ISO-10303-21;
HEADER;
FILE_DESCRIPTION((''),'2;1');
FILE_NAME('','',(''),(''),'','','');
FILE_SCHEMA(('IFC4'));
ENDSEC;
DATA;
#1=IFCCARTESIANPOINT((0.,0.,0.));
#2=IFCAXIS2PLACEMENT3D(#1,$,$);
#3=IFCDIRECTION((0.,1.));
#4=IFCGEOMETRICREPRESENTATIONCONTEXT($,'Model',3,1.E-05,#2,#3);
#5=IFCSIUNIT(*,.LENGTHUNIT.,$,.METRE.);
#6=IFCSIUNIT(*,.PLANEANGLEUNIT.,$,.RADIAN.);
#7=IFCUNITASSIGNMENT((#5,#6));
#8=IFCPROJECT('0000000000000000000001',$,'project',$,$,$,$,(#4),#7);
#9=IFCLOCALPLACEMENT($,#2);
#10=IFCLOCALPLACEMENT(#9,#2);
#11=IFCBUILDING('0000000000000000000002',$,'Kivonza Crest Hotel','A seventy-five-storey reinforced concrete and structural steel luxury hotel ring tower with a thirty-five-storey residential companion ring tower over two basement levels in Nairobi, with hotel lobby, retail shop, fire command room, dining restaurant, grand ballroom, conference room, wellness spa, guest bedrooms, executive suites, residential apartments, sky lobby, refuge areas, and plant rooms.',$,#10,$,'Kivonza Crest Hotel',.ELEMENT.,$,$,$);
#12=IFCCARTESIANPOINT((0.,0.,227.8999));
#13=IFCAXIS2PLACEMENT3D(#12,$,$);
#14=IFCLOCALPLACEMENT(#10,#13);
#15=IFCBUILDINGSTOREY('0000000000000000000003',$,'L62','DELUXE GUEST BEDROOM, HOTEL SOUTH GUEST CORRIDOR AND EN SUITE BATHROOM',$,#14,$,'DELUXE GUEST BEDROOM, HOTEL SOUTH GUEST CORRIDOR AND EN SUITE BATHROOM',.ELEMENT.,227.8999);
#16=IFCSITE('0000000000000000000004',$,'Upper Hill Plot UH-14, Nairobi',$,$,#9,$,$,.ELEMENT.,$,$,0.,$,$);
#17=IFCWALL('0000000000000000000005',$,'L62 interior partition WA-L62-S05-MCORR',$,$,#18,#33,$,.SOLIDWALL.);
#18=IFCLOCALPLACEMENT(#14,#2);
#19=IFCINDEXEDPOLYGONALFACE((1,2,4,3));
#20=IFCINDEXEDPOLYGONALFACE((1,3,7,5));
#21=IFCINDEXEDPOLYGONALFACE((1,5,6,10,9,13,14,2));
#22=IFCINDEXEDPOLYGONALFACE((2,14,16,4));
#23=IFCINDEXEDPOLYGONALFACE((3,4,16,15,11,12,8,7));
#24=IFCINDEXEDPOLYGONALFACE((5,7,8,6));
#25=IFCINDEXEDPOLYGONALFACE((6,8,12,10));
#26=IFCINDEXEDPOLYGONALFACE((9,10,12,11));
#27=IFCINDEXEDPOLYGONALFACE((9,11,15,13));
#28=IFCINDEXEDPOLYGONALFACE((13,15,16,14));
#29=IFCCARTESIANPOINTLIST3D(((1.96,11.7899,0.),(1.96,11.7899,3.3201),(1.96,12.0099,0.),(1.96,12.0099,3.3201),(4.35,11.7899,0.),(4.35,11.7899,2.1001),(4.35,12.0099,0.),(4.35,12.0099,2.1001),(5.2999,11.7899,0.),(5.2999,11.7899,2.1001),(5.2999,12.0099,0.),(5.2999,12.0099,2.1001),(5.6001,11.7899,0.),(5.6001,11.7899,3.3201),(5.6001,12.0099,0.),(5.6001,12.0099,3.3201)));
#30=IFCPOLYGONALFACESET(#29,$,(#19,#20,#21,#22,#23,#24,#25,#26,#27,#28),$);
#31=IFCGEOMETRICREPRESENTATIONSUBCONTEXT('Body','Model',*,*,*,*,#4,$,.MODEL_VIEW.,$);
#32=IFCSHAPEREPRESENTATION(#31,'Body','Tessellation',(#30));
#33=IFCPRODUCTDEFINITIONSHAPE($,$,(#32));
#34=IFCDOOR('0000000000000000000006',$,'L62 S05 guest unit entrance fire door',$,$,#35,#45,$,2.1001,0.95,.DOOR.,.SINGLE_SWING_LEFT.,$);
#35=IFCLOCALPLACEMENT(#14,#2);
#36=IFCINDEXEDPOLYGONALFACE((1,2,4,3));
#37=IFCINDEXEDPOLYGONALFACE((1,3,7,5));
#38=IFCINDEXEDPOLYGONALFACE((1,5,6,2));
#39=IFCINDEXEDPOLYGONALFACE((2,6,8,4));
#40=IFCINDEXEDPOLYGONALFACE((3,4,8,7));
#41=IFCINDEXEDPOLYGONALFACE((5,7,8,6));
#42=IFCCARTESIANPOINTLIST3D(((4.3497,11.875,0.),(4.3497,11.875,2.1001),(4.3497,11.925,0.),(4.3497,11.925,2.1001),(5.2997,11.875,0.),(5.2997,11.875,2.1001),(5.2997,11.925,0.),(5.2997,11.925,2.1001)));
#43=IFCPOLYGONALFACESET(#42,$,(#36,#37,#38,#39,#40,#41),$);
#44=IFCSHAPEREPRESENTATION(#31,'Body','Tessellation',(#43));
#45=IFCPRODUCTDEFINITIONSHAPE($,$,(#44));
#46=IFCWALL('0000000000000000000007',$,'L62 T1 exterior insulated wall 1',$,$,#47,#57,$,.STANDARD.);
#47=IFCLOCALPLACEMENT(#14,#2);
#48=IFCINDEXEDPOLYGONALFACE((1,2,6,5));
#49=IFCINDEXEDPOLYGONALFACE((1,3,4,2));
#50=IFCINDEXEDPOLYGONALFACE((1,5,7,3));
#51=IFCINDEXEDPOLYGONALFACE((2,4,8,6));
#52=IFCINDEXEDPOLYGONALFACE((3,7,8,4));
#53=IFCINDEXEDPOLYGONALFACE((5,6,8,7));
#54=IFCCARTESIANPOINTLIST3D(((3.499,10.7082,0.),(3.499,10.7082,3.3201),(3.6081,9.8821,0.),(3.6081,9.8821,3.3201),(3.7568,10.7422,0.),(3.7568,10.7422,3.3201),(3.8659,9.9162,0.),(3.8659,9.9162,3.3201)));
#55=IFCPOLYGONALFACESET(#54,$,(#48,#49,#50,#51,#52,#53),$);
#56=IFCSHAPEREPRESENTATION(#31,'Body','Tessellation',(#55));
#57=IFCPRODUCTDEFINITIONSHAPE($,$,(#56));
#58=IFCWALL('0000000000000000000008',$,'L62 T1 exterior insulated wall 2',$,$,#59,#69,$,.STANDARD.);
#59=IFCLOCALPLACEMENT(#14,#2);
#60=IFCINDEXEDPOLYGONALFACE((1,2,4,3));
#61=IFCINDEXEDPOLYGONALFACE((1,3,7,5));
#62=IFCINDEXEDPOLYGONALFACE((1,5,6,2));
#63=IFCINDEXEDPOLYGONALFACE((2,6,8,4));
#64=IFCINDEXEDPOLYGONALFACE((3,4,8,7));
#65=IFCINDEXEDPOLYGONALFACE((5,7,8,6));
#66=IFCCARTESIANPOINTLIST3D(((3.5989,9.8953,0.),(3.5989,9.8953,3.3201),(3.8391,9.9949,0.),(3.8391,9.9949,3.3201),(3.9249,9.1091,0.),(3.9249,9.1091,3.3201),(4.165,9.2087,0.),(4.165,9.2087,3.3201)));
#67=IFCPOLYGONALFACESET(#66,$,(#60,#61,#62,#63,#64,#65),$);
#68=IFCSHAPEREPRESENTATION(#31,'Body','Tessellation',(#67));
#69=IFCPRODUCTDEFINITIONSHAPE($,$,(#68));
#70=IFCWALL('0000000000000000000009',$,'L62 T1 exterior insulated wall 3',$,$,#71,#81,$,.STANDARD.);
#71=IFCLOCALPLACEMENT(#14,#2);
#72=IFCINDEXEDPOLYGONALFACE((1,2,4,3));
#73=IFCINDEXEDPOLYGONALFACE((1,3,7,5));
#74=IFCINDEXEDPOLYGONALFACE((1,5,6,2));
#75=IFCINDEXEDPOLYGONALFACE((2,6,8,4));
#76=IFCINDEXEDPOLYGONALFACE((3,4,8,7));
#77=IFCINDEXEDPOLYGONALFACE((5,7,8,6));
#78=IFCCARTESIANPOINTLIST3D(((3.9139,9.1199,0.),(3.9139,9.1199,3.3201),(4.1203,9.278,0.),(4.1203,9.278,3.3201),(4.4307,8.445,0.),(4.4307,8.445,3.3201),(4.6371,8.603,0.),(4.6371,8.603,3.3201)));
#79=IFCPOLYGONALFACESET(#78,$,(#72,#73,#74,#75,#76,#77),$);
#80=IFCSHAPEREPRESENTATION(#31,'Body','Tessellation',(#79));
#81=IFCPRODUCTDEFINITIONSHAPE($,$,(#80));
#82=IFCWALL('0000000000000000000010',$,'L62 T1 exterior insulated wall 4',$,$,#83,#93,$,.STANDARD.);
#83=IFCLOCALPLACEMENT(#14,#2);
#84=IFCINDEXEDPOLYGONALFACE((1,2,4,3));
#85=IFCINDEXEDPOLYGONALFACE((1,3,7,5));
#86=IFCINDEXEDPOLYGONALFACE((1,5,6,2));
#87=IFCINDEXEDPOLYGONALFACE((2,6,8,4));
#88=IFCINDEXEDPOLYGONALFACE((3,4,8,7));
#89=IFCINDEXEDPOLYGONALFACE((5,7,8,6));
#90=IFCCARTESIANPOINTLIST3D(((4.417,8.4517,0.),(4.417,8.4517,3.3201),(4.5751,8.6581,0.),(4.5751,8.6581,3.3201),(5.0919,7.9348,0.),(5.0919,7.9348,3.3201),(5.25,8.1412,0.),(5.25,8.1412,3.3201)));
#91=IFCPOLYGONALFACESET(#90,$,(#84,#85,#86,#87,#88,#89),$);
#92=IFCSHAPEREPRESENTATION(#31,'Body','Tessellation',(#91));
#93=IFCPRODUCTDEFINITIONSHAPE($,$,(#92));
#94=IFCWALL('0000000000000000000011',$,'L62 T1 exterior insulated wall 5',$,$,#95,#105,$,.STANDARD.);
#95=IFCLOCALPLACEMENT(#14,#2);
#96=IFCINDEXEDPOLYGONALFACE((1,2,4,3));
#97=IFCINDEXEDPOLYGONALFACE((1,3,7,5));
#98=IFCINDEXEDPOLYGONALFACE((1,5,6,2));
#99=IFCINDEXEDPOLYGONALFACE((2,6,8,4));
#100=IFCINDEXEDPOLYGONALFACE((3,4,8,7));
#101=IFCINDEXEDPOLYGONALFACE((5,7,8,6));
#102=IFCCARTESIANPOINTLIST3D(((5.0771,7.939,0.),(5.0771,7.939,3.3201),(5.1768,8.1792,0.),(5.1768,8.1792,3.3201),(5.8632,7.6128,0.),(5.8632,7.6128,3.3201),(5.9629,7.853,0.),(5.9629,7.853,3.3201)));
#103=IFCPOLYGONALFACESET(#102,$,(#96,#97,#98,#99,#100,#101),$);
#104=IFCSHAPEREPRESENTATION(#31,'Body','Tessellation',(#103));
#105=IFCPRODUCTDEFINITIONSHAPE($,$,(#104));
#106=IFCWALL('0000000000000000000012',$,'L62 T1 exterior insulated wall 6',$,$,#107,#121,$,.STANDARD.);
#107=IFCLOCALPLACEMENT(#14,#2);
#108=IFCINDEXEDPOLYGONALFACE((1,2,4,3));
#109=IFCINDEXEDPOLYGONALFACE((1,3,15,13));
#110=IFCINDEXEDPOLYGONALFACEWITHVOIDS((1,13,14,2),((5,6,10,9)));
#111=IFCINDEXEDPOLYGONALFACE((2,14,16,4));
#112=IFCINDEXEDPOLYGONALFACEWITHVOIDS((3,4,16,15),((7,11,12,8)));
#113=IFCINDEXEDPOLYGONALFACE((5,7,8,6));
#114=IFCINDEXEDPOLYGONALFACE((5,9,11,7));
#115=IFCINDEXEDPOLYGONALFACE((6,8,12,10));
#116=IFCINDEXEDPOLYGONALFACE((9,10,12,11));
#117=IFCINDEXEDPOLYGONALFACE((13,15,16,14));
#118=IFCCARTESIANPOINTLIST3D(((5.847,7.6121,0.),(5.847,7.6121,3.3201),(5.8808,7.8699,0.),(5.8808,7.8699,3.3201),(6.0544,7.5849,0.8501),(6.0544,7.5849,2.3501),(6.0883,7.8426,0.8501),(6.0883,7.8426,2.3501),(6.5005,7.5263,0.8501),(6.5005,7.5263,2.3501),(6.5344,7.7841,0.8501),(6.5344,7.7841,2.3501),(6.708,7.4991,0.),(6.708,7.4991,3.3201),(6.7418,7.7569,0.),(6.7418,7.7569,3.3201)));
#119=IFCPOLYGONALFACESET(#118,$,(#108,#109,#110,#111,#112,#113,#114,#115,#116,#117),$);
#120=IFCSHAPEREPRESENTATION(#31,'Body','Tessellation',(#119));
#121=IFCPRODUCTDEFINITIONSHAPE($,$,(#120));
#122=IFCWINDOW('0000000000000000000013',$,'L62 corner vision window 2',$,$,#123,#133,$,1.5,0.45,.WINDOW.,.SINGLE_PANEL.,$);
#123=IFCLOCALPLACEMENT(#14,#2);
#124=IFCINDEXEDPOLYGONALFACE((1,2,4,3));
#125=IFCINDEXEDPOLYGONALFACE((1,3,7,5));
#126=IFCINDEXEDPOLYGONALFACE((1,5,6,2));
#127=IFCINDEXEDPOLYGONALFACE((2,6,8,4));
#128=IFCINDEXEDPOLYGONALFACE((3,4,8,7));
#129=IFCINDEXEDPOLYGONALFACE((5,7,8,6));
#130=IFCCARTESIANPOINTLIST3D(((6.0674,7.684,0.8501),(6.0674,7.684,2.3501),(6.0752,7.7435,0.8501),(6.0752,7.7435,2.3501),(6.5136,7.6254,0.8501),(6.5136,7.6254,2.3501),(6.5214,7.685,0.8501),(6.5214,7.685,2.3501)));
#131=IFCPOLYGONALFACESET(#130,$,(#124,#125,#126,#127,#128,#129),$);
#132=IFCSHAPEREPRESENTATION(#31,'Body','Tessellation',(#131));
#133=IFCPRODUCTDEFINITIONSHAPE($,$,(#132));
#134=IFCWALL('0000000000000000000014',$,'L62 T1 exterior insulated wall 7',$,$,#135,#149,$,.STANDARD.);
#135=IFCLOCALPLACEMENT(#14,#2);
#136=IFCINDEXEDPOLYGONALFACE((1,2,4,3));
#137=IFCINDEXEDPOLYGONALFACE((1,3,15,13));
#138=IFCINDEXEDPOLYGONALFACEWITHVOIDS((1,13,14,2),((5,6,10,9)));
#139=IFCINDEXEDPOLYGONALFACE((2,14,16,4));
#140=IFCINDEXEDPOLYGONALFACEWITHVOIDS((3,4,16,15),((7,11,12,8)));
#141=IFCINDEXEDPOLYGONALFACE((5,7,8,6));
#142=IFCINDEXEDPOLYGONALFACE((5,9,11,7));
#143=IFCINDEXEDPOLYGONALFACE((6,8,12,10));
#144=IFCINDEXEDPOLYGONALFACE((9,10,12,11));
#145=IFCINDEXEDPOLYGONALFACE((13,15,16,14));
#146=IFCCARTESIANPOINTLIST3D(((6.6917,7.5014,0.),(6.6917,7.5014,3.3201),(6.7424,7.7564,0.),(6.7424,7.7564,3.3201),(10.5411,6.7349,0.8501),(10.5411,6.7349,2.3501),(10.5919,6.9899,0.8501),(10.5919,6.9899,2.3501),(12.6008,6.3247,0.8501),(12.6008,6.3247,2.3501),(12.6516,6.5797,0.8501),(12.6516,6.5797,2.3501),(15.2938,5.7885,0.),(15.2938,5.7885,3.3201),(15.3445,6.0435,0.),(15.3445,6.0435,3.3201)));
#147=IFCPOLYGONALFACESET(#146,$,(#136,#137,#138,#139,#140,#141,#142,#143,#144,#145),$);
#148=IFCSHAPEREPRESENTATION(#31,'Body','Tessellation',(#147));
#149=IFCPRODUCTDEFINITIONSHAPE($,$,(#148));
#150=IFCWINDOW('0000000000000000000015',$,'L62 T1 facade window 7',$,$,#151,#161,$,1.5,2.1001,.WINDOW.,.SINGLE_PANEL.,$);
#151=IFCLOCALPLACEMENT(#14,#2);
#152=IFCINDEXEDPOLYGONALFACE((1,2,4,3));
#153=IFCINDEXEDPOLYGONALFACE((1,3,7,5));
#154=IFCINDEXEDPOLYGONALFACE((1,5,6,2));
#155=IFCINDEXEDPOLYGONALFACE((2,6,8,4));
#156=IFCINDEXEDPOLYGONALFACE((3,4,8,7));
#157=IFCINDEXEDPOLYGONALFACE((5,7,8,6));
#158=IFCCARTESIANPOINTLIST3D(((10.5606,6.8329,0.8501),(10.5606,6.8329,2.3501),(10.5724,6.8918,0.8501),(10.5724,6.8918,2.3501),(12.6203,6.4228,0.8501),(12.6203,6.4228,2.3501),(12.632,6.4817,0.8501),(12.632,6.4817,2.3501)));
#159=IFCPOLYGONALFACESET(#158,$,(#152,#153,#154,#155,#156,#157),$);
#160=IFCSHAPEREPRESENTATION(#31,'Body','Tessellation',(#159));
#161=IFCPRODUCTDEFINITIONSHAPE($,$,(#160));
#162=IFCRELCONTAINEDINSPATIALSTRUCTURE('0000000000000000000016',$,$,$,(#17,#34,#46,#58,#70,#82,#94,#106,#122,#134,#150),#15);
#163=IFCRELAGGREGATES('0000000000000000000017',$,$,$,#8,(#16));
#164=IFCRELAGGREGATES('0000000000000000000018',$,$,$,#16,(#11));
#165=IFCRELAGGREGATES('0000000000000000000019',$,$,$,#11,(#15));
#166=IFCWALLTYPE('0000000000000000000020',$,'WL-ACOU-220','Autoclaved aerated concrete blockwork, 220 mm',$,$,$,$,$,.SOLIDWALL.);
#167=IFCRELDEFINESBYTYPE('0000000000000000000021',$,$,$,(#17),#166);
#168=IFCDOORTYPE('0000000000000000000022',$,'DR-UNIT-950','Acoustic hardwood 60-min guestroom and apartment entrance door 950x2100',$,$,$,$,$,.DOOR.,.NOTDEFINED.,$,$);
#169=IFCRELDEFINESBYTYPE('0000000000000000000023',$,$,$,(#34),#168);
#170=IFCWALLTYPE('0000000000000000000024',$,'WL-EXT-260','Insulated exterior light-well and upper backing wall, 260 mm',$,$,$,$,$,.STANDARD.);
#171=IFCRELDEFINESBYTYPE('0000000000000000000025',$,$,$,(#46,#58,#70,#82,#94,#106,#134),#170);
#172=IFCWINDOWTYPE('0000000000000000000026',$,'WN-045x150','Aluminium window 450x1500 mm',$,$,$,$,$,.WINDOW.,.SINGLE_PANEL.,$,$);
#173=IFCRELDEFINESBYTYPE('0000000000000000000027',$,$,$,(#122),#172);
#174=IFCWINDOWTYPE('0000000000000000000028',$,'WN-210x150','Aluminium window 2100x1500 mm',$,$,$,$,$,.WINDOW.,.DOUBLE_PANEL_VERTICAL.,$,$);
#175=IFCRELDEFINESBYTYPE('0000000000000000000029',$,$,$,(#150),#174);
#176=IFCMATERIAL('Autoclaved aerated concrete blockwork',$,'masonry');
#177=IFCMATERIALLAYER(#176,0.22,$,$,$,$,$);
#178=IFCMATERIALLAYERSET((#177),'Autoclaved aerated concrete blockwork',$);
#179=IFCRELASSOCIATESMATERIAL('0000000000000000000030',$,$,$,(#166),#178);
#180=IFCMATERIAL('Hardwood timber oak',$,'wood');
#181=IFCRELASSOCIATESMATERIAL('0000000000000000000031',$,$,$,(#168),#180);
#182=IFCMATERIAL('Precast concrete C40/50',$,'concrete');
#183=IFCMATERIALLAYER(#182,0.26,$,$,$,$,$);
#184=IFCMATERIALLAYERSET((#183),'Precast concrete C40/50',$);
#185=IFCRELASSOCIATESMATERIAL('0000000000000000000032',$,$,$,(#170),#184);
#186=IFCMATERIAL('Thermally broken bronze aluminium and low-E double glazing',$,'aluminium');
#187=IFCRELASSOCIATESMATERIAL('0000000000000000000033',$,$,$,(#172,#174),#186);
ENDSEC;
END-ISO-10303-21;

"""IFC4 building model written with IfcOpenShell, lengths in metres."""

from ifc_helpers import new_model, si_unit, direction, frame, frame_2d, origin, place, context, subcontext, project, spatial, rectangle, extrude, material, layer, layer_set, type_object, element, fill, save


model = new_model("IFC4")

# Units and contexts
model_context = context("Model", 3, precision=1e-05, world=origin(), true_north=direction((0.0, 1.0)))
body_context = subcontext(model_context, "Body", "Model", "MODEL_VIEW")
ifc_project = project(units=[si_unit("LENGTHUNIT", "METRE"), si_unit("PLANEANGLEUNIT", "RADIAN")], contexts=[model_context])

# Site, building, storey
site_placement = place(None, origin())
site = spatial("IfcSite", under=ifc_project, at=site_placement, Name="Upper Hill Plot UH-14, Nairobi", CompositionType="ELEMENT", RefElevation=0.0)
building_placement = place(site_placement, origin())
building = spatial("IfcBuilding", under=site, at=building_placement, Name="Kivonza Crest Hotel", Description="A seventy-five-storey reinforced concrete and structural steel luxury hotel ring tower with a thirty-five-storey residential companion ring tower over two basement levels in Nairobi, with hotel lobby, retail shop, fire command room, dining restaurant, grand ballroom, conference room, wellness spa, guest bedrooms, executive suites, residential apartments, sky lobby, refuge areas, and plant rooms.", LongName="Kivonza Crest Hotel", CompositionType="ELEMENT")
storey_placement = place(building_placement, frame((0.0, 0.0, 227.8999)))
storey = spatial("IfcBuildingStorey", under=building, at=storey_placement, Name="L62", Description="DELUXE GUEST BEDROOM, HOTEL SOUTH GUEST CORRIDOR AND EN SUITE BATHROOM", LongName="DELUXE GUEST BEDROOM, HOTEL SOUTH GUEST CORRIDOR AND EN SUITE BATHROOM", CompositionType="ELEMENT", Elevation=227.8999)

# Shared definitions
ifc_material_1 = material(Name="Autoclaved aerated concrete blockwork", Category="masonry")
ifc_layer_1 = layer(ifc_material_1, 0.22)
ifc_layer_set_1 = layer_set([ifc_layer_1], Name="Autoclaved aerated concrete blockwork")
wall_type_1 = type_object("IfcWallType", Name="WL-ACOU-220", Description="Autoclaved aerated concrete blockwork, 220 mm", PredefinedType="SOLIDWALL", material=ifc_layer_set_1)

# Wall, opening, door
wall_1_placement = place(storey_placement, frame((1.96, 11.8999, 0.0), z_axis=(0.0, 0.0, 1.0), x_axis=(1.0, 0.0, 0.0)))
wall_1 = element("IfcWall", 1, at=wall_1_placement, inside=storey, type_object=wall_type_1, Name="L62 interior partition WA-L62-S05-MCORR", PredefinedType="SOLIDWALL", context=body_context, shape_type="SweptSolid", body=[
    extrude(rectangle(XDim=3.6401, YDim=0.22, at=frame_2d((1.8201, 0.0))), origin(), (0.0, 0.0, 1.0), 3.3201),
])
opening_1_placement = place(wall_1_placement, frame((2.3899, 0.0, 0.0)))
opening_1 = element("IfcOpeningElement", 2, at=opening_1_placement, cuts=wall_1, PredefinedType="OPENING", context=body_context, shape_type="SweptSolid", body=[
    extrude(rectangle(XDim=0.95, YDim=2.1001, at=frame_2d((0.4751, 1.05))), frame((0.0, 0.1201, 0.0), z_axis=(0.0, -1.0, 0.0), x_axis=(1.0, 0.0, 0.0)), (0.0, 0.0, 1.0), 0.24),
])
ifc_material_2 = material(Name="Hardwood timber oak", Category="wood")
door_type_1 = type_object("IfcDoorType", Name="DR-UNIT-950", Description="Acoustic hardwood 60-min guestroom and apartment entrance door 950x2100", OperationType="NOTDEFINED", PredefinedType="DOOR", material=ifc_material_2)
door_1_placement = place(opening_1_placement, frame((0.95, 0.0, 0.0), z_axis=(0.0, 0.0, 1.0), x_axis=(-1.0, 0.0, 0.0)))
door_1 = element("IfcDoor", 3, at=door_1_placement, inside=storey, type_object=door_type_1, Name="L62 S05 guest unit entrance fire door", OperationType="SINGLE_SWING_LEFT", OverallHeight=2.1001, OverallWidth=0.95, PredefinedType="DOOR", context=body_context, shape_type="SweptSolid", body=[
    extrude(rectangle(XDim=0.95, YDim=2.1001, at=frame_2d((0.4751, 1.05))), frame((0.0, 0.0249, 0.0), z_axis=(0.0, -1.0, 0.0), x_axis=(1.0, 0.0, 0.0)), (0.0, 0.0, 1.0), 0.05),
])
fill(opening_1, door_1)

# Walls
ifc_material_3 = material(Name="Precast concrete C40/50", Category="concrete")
ifc_layer_2 = layer(ifc_material_3, 0.26)
ifc_layer_set_2 = layer_set([ifc_layer_2], Name="Precast concrete C40/50")
wall_type_2 = type_object("IfcWallType", Name="WL-EXT-260", Description="Insulated exterior light-well and upper backing wall, 260 mm", PredefinedType="STANDARD", material=ifc_layer_set_2)
wall_2_placement = place(storey_placement, frame((3.6279, 10.7251, 0.0), z_axis=(0.0, 0.0, 1.0), x_axis=(0.130955, -0.991388, 0.0)))
element("IfcWall", 4, at=wall_2_placement, inside=storey, type_object=wall_type_2, Name="L62 T1 exterior insulated wall 1", PredefinedType="STANDARD", context=body_context, shape_type="SweptSolid", body=[
    extrude(rectangle(XDim=0.8333, YDim=0.26, at=frame_2d((0.4165, 0.0))), origin(), (0.0, 0.0, 1.0), 3.3201),
])
wall_3_placement = place(storey_placement, frame((3.719, 9.9451, 0.0), z_axis=(0.0, 0.0, 1.0), x_axis=(0.382985, -0.923754, 0.0)))
element("IfcWall", 5, at=wall_3_placement, inside=storey, type_object=wall_type_2, Name="L62 T1 exterior insulated wall 2", PredefinedType="STANDARD", context=body_context, shape_type="SweptSolid", body=[
    extrude(rectangle(XDim=0.8511, YDim=0.26, at=frame_2d((0.4255, 0.0))), origin(), (0.0, 0.0, 1.0), 3.3201),
])
for number, where, z_axis, x_axis, name in (
    (6, (4.0171, 9.199, 0.0), (0.0, 0.0, 1.0), (0.607919, -0.793999, 0.0), "L62 T1 exterior insulated wall 3"),
    (7, (4.4961, 8.5549, 0.0), (0.0, 0.0, 1.0), (0.793893, -0.608058, 0.0), "L62 T1 exterior insulated wall 4"),
):
    element("IfcWall", number, at=place(storey_placement, frame(where, z_axis=z_axis, x_axis=x_axis)), inside=storey, type_object=wall_type_2, Name=name, PredefinedType="STANDARD", context=body_context, shape_type="SweptSolid", body=[
        extrude(rectangle(XDim=0.8501, YDim=0.26, at=frame_2d((0.425, 0.0))), origin(), (0.0, 0.0, 1.0), 3.3201),
    ])
wall_4_placement = place(storey_placement, frame((5.127, 8.0591, 0.0), z_axis=(0.0, 0.0, 1.0), x_axis=(0.923653, -0.38323, 0.0)))
element("IfcWall", 8, at=wall_4_placement, inside=storey, type_object=wall_type_2, Name="L62 T1 exterior insulated wall 5", PredefinedType="STANDARD", context=body_context, shape_type="SweptSolid", body=[
    extrude(rectangle(XDim=0.8511, YDim=0.26, at=frame_2d((0.4255, 0.0))), origin(), (0.0, 0.0, 1.0), 3.3201),
])

# Walls, openings, windows
wall_5_placement = place(storey_placement, frame((5.864, 7.741, 0.0), z_axis=(0.0, 0.0, 1.0), x_axis=(0.991493, -0.130156, 0.0)))
wall_5 = element("IfcWall", 9, at=wall_5_placement, inside=storey, type_object=wall_type_2, Name="L62 T1 exterior insulated wall 6", PredefinedType="STANDARD", context=body_context, shape_type="SweptSolid", body=[
    extrude(rectangle(XDim=0.8684, YDim=0.26, at=frame_2d((0.4341, 0.0))), origin(), (0.0, 0.0, 1.0), 3.3201),
])
opening_2_placement = place(wall_5_placement, frame((0.209, 0.0, 0.8501)))
opening_2 = element("IfcOpeningElement", 10, at=opening_2_placement, cuts=wall_5, PredefinedType="OPENING", context=body_context, shape_type="SweptSolid", body=[
    extrude(rectangle(XDim=0.45, YDim=1.5, at=frame_2d((0.2251, 0.75))), frame((0.0, 0.1401, 0.0), z_axis=(0.0, -1.0, 0.0), x_axis=(1.0, 0.0, 0.0)), (0.0, 0.0, 1.0), 0.28),
])
ifc_material_4 = material(Name="Thermally broken bronze aluminium and low-E double glazing", Category="aluminium")
window_type_1 = type_object("IfcWindowType", Name="WN-045x150", Description="Aluminium window 450x1500 mm", PartitioningType="SINGLE_PANEL", PredefinedType="WINDOW", material=ifc_material_4)
window_1_placement = place(opening_2_placement, origin())
window_1 = element("IfcWindow", 11, at=window_1_placement, inside=storey, type_object=window_type_1, Name="L62 corner vision window 2", OverallHeight=1.5, OverallWidth=0.45, PartitioningType="SINGLE_PANEL", PredefinedType="WINDOW", context=body_context, shape_type="SweptSolid", body=[
    extrude(rectangle(XDim=0.45, YDim=1.5, at=frame_2d((0.2251, 0.75))), frame((0.0, 0.03, 0.0), z_axis=(0.0, -1.0, 0.0), x_axis=(1.0, 0.0, 0.0)), (0.0, 0.0, 1.0), 0.0601),
])
fill(opening_2, window_1)
wall_6_placement = place(storey_placement, frame((6.717, 7.6289, 0.0), z_axis=(0.0, 0.0, 1.0), x_axis=(0.980745, -0.195292, 0.0)))
wall_6 = element("IfcWall", 12, at=wall_6_placement, inside=storey, type_object=wall_type_2, Name="L62 T1 exterior insulated wall 7", PredefinedType="STANDARD", context=body_context, shape_type="SweptSolid", body=[
    extrude(rectangle(XDim=8.771, YDim=0.26, at=frame_2d((4.3855, 0.0))), origin(), (0.0, 0.0, 1.0), 3.3201),
])
opening_3_placement = place(wall_6_placement, frame((3.925, 0.0, 0.8501)))
opening_3 = element("IfcOpeningElement", 13, at=opening_3_placement, cuts=wall_6, PredefinedType="OPENING", context=body_context, shape_type="SweptSolid", body=[
    extrude(rectangle(XDim=2.1001, YDim=1.5, at=frame_2d((1.05, 0.75))), frame((0.0, 0.1401, 0.0), z_axis=(0.0, -1.0, 0.0), x_axis=(1.0, 0.0, 0.0)), (0.0, 0.0, 1.0), 0.28),
])
window_type_2 = type_object("IfcWindowType", Name="WN-210x150", Description="Aluminium window 2100x1500 mm", PartitioningType="DOUBLE_PANEL_VERTICAL", PredefinedType="WINDOW", material=ifc_material_4)
window_2_placement = place(opening_3_placement, origin())
window_2 = element("IfcWindow", 14, at=window_2_placement, inside=storey, type_object=window_type_2, Name="L62 T1 facade window 7", OverallHeight=1.5, OverallWidth=2.1001, PartitioningType="SINGLE_PANEL", PredefinedType="WINDOW", context=body_context, shape_type="SweptSolid", body=[
    extrude(rectangle(XDim=2.1001, YDim=1.5, at=frame_2d((1.05, 0.75))), frame((0.0, 0.03, 0.0), z_axis=(0.0, -1.0, 0.0), x_axis=(1.0, 0.0, 0.0)), (0.0, 0.0, 1.0), 0.0601),
])
fill(opening_3, window_2)

save(model, "model.ifc")
